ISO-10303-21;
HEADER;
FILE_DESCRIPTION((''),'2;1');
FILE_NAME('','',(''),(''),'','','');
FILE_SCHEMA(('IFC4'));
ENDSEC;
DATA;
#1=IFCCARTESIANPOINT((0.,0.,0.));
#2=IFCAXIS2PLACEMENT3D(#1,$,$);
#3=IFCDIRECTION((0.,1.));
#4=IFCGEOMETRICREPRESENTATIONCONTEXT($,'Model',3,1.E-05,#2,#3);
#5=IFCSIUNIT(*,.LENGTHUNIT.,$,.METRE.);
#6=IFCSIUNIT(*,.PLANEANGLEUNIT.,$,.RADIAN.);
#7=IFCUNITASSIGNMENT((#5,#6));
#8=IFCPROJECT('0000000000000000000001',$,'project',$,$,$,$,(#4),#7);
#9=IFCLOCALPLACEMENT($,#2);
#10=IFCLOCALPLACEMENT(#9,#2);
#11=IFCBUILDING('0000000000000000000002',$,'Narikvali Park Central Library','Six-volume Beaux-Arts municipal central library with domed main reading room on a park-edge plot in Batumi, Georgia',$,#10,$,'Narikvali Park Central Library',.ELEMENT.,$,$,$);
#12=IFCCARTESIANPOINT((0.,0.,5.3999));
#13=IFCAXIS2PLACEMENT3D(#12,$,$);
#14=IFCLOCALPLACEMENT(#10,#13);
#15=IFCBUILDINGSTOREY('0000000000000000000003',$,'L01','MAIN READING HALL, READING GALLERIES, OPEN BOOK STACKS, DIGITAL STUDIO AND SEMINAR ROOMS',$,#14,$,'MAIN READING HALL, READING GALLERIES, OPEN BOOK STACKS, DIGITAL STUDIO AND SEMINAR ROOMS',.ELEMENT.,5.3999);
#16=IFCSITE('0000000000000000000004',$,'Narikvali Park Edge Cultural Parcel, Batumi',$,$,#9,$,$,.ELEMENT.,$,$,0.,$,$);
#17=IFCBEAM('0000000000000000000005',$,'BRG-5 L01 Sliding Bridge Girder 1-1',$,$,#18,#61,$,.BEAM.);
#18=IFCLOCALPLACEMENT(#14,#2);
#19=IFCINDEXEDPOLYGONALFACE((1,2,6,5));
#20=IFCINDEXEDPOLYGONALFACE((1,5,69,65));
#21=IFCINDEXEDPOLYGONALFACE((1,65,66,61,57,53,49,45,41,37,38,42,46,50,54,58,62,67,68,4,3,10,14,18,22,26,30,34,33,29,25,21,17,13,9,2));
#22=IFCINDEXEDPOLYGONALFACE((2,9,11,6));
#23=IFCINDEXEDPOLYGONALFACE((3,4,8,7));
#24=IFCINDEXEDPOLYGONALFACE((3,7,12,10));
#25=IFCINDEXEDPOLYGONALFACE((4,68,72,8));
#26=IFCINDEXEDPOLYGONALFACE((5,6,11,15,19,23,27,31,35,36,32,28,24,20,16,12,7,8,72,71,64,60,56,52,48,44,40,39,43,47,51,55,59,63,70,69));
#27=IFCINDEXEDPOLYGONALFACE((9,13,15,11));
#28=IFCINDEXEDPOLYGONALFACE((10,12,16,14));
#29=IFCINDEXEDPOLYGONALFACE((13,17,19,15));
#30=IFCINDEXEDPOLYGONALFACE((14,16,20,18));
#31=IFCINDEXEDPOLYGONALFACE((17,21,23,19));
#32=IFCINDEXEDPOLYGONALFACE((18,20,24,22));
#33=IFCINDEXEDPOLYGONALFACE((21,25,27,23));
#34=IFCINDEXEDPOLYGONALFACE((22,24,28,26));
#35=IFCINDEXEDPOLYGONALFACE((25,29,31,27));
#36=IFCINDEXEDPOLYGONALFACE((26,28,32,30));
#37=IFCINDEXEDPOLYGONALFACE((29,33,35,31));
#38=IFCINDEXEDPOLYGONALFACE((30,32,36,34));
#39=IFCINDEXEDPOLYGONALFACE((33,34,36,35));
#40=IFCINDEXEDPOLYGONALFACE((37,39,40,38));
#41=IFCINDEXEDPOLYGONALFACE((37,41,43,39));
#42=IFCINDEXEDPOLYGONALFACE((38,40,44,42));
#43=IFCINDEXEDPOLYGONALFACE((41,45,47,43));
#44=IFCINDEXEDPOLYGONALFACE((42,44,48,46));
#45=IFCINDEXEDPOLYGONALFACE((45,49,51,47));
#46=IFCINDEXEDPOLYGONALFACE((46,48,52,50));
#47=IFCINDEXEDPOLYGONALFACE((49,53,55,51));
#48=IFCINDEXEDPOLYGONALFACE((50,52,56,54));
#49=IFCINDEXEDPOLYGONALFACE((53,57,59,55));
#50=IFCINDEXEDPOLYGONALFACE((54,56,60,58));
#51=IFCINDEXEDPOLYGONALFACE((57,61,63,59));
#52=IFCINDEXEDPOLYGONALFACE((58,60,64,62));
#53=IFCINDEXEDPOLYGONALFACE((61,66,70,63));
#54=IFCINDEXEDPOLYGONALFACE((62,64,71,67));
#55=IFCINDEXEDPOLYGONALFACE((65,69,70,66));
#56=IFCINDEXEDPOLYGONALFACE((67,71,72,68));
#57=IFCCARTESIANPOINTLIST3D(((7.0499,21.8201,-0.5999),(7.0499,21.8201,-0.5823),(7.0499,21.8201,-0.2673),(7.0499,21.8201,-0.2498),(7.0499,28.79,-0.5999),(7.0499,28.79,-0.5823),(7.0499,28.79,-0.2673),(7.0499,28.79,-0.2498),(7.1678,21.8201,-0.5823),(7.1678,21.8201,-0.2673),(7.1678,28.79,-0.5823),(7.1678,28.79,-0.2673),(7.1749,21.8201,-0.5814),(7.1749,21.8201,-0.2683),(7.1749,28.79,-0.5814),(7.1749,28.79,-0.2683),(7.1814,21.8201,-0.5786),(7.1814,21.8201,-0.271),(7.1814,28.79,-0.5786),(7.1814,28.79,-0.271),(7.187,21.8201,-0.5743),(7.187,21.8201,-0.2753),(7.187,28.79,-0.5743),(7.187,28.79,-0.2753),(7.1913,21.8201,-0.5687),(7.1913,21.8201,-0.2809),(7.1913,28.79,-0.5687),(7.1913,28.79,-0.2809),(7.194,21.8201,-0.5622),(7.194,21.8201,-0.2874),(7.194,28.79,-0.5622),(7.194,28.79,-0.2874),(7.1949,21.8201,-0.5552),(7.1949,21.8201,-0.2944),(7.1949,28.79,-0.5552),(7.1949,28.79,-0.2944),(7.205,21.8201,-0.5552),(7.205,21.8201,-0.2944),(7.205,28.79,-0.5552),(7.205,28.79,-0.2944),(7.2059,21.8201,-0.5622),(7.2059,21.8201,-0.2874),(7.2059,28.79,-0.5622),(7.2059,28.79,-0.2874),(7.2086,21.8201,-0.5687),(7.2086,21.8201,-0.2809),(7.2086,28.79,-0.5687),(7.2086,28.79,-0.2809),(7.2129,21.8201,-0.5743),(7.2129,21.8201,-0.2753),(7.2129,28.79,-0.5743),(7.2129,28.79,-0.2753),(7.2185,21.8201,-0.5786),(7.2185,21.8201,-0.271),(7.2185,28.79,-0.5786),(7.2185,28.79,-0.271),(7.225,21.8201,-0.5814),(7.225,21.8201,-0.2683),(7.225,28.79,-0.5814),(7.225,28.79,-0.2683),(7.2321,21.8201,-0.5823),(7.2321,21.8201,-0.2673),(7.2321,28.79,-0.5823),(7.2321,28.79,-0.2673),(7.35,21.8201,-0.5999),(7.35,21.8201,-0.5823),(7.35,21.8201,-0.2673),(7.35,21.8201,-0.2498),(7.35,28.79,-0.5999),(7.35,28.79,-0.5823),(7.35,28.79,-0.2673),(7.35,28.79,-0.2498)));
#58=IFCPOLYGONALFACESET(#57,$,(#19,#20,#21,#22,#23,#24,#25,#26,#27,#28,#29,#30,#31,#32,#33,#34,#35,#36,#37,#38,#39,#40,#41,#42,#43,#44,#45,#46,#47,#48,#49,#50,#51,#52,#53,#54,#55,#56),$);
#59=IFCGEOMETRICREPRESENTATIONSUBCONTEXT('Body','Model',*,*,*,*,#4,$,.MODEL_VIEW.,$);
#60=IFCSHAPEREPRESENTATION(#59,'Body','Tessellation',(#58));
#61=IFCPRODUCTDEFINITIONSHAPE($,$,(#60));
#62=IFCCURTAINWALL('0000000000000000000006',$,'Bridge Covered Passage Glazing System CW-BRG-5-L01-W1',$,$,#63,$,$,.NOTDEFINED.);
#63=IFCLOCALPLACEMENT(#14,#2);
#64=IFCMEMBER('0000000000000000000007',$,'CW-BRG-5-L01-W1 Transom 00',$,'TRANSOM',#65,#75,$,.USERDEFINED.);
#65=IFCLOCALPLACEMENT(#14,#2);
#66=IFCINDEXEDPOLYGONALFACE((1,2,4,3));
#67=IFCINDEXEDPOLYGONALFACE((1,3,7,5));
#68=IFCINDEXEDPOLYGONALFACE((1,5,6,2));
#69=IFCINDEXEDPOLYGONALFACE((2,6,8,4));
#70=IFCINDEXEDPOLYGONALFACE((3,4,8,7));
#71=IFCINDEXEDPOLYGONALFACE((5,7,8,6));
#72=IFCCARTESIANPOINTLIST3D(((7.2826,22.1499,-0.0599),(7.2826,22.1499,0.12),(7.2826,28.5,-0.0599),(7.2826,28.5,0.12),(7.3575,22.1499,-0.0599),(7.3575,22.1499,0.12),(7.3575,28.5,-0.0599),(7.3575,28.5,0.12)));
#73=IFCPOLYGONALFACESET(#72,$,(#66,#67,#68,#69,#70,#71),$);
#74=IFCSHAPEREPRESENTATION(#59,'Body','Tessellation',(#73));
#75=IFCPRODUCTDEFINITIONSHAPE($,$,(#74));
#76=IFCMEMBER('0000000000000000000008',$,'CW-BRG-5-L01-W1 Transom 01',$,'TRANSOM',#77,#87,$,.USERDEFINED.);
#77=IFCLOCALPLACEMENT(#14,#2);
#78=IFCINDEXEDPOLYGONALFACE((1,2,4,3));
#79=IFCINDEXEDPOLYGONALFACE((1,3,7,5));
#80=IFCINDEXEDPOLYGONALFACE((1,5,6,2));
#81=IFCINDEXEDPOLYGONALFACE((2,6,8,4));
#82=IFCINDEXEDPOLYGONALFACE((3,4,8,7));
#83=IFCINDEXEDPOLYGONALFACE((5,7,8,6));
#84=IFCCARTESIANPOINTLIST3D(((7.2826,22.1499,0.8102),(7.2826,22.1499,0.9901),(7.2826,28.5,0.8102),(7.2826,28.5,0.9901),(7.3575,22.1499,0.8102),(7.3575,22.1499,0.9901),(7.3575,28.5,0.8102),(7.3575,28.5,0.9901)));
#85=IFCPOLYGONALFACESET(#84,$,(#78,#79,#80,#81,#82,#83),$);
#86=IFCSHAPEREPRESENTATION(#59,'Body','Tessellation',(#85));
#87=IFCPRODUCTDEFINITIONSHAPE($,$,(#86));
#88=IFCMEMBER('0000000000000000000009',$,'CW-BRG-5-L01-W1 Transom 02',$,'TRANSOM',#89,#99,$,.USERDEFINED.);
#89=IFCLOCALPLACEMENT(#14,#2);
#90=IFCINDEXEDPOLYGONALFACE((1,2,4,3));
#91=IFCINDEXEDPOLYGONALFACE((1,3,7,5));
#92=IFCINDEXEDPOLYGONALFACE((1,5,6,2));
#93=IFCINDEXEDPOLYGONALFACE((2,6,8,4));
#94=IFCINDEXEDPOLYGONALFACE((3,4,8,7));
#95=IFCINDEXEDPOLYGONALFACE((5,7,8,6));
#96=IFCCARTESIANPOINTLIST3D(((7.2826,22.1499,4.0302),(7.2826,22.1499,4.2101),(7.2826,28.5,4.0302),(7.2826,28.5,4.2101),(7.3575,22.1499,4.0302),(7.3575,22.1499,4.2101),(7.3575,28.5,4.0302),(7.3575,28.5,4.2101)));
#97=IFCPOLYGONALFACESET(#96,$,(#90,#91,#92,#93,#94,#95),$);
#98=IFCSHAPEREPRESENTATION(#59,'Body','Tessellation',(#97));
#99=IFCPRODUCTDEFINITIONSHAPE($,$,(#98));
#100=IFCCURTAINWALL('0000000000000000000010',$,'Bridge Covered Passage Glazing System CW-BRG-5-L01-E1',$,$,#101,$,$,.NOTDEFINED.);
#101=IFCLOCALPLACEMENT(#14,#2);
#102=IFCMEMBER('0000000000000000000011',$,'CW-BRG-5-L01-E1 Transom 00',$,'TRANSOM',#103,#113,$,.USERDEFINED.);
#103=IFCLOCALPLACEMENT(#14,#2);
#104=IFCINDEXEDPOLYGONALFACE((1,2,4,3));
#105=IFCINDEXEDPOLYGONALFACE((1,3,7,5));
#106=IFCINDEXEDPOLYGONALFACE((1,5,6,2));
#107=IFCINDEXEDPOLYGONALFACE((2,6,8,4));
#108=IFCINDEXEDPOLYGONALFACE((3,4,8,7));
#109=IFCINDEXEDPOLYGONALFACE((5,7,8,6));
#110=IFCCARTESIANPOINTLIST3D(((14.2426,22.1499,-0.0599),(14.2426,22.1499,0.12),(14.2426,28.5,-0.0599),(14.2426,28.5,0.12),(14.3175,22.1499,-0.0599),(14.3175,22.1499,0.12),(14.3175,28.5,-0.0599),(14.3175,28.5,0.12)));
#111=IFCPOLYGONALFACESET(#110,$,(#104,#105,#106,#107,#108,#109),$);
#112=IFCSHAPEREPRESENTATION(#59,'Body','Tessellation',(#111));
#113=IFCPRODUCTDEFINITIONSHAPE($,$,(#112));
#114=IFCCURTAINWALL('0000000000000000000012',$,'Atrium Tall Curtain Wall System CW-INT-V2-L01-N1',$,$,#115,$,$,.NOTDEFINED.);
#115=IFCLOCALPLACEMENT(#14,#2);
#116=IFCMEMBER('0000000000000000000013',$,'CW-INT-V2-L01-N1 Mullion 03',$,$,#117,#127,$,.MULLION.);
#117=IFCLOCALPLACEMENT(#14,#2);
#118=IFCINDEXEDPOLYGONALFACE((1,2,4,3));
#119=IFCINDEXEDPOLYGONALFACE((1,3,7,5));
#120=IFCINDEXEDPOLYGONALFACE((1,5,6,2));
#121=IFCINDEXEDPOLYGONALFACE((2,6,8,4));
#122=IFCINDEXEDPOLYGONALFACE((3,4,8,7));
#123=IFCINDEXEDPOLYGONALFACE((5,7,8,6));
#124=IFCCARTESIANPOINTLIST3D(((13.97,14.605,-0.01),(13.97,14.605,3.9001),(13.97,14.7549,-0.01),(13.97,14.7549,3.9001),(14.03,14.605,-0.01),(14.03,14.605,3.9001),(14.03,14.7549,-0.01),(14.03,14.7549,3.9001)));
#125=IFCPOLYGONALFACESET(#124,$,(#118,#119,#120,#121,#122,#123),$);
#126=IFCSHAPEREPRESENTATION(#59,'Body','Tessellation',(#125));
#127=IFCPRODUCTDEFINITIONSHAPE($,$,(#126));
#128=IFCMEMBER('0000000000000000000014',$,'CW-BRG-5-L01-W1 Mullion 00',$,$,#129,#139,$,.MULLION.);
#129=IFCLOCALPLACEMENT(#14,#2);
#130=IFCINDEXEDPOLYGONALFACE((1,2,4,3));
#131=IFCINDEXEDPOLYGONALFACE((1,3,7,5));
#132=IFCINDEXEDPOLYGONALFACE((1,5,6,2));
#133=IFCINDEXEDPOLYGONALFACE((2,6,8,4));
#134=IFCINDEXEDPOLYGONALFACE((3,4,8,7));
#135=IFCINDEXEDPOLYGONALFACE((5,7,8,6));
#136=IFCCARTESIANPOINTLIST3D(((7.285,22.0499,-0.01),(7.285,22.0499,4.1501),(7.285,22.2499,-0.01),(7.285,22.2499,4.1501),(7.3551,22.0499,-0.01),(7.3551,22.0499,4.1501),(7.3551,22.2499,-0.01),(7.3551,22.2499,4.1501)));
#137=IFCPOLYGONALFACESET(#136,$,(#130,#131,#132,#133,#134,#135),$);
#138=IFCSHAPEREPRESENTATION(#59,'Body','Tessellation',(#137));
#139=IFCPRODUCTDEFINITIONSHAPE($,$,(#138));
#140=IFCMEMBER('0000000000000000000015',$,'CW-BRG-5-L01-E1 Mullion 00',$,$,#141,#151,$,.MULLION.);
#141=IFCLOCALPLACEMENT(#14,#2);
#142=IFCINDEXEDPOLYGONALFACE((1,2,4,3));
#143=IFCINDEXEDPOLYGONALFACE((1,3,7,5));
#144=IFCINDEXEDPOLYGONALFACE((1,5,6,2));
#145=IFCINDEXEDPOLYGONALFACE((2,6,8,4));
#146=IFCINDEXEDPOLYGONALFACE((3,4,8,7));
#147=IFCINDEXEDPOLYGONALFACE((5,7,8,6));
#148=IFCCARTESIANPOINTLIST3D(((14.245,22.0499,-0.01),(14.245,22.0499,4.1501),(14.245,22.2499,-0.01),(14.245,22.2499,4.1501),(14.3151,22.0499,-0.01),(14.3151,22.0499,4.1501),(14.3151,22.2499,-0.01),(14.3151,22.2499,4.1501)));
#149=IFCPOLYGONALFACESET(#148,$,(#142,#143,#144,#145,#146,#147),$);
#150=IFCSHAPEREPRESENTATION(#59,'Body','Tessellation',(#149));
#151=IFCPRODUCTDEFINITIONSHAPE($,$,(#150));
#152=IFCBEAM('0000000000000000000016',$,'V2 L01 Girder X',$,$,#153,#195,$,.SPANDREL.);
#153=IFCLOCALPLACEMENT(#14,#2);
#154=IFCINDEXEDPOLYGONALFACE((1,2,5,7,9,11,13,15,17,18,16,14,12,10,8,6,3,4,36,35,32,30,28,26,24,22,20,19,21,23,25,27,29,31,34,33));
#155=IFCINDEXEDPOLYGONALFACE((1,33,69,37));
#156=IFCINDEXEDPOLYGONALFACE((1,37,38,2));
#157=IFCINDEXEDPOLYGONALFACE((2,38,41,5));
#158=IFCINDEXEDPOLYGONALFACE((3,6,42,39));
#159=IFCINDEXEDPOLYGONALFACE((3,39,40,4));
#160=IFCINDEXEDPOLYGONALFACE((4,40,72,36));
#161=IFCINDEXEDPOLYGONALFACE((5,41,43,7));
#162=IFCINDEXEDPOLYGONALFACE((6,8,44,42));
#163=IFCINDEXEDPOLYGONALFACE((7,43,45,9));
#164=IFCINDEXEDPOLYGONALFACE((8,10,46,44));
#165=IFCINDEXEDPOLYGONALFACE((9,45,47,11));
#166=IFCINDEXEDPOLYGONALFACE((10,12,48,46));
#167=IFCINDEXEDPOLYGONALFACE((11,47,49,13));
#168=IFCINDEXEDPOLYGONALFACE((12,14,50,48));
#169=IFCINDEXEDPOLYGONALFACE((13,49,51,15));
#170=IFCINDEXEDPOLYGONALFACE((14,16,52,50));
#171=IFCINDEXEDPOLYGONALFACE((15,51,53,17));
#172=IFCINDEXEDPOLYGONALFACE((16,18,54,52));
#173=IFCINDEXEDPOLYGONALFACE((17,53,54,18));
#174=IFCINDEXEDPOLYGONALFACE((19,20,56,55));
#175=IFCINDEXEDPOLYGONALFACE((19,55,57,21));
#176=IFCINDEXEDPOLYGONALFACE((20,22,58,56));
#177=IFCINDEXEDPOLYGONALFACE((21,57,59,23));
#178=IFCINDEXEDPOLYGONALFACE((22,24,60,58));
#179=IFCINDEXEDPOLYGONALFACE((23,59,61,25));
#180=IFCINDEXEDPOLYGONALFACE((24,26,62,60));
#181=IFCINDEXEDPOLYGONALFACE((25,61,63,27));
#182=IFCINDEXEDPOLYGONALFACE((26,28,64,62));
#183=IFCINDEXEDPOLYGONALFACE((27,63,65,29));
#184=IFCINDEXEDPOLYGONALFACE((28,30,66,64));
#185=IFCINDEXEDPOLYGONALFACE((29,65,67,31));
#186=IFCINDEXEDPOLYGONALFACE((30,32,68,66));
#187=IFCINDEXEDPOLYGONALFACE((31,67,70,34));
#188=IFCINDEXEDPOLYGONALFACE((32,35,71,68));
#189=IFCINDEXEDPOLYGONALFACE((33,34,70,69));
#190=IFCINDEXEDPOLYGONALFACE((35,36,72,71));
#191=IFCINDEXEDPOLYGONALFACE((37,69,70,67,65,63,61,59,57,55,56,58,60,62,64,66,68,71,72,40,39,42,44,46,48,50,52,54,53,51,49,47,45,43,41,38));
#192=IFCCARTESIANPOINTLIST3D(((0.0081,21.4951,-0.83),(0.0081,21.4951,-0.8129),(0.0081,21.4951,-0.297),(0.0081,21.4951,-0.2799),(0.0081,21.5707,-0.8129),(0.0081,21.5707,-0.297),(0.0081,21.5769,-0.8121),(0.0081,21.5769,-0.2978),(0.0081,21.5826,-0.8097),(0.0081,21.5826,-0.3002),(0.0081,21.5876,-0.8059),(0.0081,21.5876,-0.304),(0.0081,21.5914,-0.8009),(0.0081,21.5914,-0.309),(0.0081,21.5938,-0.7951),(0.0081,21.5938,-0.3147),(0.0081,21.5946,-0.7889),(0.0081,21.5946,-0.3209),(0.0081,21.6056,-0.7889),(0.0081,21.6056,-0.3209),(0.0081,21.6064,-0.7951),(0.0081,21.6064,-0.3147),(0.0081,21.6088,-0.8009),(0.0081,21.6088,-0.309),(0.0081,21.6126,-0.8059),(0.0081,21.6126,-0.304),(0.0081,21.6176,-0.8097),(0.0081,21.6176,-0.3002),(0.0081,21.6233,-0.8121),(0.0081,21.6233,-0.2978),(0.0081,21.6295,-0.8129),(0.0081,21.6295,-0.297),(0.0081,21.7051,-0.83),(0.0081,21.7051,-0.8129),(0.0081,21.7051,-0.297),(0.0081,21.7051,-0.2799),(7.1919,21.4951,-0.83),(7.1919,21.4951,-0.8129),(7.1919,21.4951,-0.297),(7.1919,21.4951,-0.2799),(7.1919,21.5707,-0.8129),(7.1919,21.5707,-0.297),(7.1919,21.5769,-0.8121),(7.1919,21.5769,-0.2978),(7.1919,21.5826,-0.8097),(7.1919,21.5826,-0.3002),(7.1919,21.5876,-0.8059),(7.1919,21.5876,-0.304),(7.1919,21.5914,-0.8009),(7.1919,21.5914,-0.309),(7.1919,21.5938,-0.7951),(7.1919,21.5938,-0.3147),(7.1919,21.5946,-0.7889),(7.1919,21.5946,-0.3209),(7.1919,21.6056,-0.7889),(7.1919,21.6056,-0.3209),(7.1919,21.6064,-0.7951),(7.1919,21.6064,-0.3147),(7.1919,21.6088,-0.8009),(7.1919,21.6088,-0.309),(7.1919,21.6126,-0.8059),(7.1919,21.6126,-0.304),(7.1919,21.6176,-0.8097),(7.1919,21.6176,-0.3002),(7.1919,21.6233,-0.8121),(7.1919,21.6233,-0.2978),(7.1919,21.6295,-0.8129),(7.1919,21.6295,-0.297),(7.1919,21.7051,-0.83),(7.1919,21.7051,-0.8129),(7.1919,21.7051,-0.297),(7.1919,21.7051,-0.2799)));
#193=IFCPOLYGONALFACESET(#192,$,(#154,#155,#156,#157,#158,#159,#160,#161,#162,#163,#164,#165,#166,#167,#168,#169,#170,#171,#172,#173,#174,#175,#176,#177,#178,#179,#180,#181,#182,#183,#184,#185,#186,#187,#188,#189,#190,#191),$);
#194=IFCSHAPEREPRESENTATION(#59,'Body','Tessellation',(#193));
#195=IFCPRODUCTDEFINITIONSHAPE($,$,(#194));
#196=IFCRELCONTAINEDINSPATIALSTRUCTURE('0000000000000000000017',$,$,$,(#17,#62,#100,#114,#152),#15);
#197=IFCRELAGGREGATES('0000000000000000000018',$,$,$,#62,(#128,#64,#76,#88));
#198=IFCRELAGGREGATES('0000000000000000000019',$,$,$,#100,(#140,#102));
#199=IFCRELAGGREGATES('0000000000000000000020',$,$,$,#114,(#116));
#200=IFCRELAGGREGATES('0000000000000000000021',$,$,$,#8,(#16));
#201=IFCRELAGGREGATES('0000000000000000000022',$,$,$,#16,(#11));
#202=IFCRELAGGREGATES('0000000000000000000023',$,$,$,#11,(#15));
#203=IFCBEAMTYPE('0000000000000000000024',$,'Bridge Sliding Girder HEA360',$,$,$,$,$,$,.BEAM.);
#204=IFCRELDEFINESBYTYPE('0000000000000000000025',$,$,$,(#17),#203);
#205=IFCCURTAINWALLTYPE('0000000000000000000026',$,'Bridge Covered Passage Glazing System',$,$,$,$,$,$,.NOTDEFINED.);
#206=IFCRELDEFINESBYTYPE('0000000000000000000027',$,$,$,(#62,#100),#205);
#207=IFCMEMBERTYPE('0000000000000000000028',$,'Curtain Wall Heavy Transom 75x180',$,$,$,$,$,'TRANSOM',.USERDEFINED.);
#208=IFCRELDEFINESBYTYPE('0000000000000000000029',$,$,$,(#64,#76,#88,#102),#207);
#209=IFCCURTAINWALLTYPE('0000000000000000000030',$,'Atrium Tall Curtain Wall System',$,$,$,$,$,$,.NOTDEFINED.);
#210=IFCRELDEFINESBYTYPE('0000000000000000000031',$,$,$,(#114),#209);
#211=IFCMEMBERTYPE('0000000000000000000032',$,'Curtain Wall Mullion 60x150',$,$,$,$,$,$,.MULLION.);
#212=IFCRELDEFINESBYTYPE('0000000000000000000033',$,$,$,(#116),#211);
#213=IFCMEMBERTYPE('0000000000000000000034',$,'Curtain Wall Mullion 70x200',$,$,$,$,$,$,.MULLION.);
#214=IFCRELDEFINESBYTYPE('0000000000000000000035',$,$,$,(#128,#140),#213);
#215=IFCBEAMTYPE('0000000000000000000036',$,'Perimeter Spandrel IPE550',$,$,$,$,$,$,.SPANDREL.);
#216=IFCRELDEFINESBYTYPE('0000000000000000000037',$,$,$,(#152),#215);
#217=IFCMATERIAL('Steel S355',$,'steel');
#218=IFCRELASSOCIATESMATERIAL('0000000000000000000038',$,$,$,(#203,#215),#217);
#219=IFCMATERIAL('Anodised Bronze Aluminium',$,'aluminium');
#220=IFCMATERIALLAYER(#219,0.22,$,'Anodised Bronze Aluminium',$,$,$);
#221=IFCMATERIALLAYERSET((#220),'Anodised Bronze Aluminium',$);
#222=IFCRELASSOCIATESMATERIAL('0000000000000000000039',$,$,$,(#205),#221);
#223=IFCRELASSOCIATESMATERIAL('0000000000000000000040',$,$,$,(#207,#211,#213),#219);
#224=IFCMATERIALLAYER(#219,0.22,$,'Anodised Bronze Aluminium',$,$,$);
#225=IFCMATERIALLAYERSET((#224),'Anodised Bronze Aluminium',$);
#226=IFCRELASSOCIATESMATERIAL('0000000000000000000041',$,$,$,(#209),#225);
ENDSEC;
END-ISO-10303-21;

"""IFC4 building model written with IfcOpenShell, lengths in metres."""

from ifc_helpers import new_model, si_unit, direction, frame, origin, origin_2d, place, context, subcontext, project, spatial, rectangle, i_section, extrude, material, layer, layer_set, material_profile, profile_set, type_object, element, aggregate, save


model = new_model("IFC4")

# Units and contexts
model_context = context("Model", 3, precision=1e-05, world=origin(), true_north=direction((0.0, 1.0)))
body_context = subcontext(model_context, "Body", "Model", "MODEL_VIEW")
ifc_project = project(units=[si_unit("LENGTHUNIT", "METRE"), si_unit("PLANEANGLEUNIT", "RADIAN")], contexts=[model_context])

# Site, building, storey
site_placement = place(None, origin())
site = spatial("IfcSite", under=ifc_project, at=site_placement, Name="Narikvali Park Edge Cultural Parcel, Batumi", CompositionType="ELEMENT", RefElevation=0.0)
building_placement = place(site_placement, origin())
building = spatial("IfcBuilding", under=site, at=building_placement, Name="Narikvali Park Central Library", Description="Six-volume Beaux-Arts municipal central library with domed main reading room on a park-edge plot in Batumi, Georgia", LongName="Narikvali Park Central Library", CompositionType="ELEMENT")
storey_placement = place(building_placement, frame((0.0, 0.0, 5.3999)))
storey = spatial("IfcBuildingStorey", under=building, at=storey_placement, Name="L01", Description="MAIN READING HALL, READING GALLERIES, OPEN BOOK STACKS, DIGITAL STUDIO AND SEMINAR ROOMS", LongName="MAIN READING HALL, READING GALLERIES, OPEN BOOK STACKS, DIGITAL STUDIO AND SEMINAR ROOMS", CompositionType="ELEMENT", Elevation=5.3999)

# Shared definitions
ifc_material_1 = material(Name="Steel S355", Category="steel")

# Beam
ifc_material_profile_1 = material_profile(ifc_material_1, i_section(OverallWidth=0.3, OverallDepth=0.3501, WebThickness=0.01, FlangeThickness=0.0176, FilletRadius=0.0271, at=origin_2d()), Name="HEA 360")
ifc_profile_set_1 = profile_set([ifc_material_profile_1], Name="Steel S355")
beam_type_1 = type_object("IfcBeamType", Name="Bridge Sliding Girder HEA360", PredefinedType="BEAM", material=ifc_profile_set_1)
beam_1_placement = place(storey_placement, frame((7.2, 21.8201, -0.4248), z_axis=(0.0, 1.0, 0.0), x_axis=(-1.0, 0.0, 0.0)))
element("IfcBeam", 1, at=beam_1_placement, inside=storey, type_object=beam_type_1, Name="BRG-5 L01 Sliding Bridge Girder 1-1", PredefinedType="BEAM", context=body_context, shape_type="SweptSolid", body=[
    extrude(i_section(OverallWidth=0.3, OverallDepth=0.3501, WebThickness=0.01, FlangeThickness=0.0176, FilletRadius=0.0271, at=origin_2d()), origin(), (0.0, 0.0, 1.0), 6.97),
])

# Curtain wall, members
ifc_material_2 = material(Name="Anodised Bronze Aluminium", Category="aluminium")
ifc_layer_1 = layer(ifc_material_2, 0.22, Name="Anodised Bronze Aluminium")
ifc_layer_set_1 = layer_set([ifc_layer_1], Name="Anodised Bronze Aluminium")
curtain_wall_type_1 = type_object("IfcCurtainWallType", Name="Bridge Covered Passage Glazing System", PredefinedType="NOTDEFINED", material=ifc_layer_set_1)
curtain_wall_1_placement = place(storey_placement, origin())
curtain_wall_1 = element("IfcCurtainWall", 2, at=curtain_wall_1_placement, inside=storey, type_object=curtain_wall_type_1, Name="Bridge Covered Passage Glazing System CW-BRG-5-L01-W1", PredefinedType="NOTDEFINED")
ifc_material_profile_2 = material_profile(ifc_material_2, rectangle(XDim=0.075, YDim=0.1799, at=origin_2d()), Name="CW TRANSOM 75x180")
ifc_profile_set_2 = profile_set([ifc_material_profile_2], Name="Anodised Bronze Aluminium")
member_type_1 = type_object("IfcMemberType", Name="Curtain Wall Heavy Transom 75x180", ElementType="TRANSOM", PredefinedType="USERDEFINED", material=ifc_profile_set_2)
member_1_placement = place(storey_placement, frame((7.3201, 22.1499, 0.03), z_axis=(0.0, 1.0, 0.0), x_axis=(-1.0, 0.0, 0.0)))
member_1 = element("IfcMember", 3, at=member_1_placement, type_object=member_type_1, Name="CW-BRG-5-L01-W1 Transom 00", ObjectType="TRANSOM", PredefinedType="USERDEFINED", context=body_context, shape_type="SweptSolid", body=[
    extrude(rectangle(XDim=0.075, YDim=0.1799, at=origin_2d()), origin(), (0.0, 0.0, 1.0), 6.3501),
])
member_2_placement = place(storey_placement, frame((7.3201, 22.1499, 0.9001), z_axis=(0.0, 1.0, 0.0), x_axis=(-1.0, 0.0, 0.0)))
member_2 = element("IfcMember", 4, at=member_2_placement, type_object=member_type_1, Name="CW-BRG-5-L01-W1 Transom 01", ObjectType="TRANSOM", PredefinedType="USERDEFINED", context=body_context, shape_type="SweptSolid", body=[
    extrude(rectangle(XDim=0.075, YDim=0.1799, at=origin_2d()), origin(), (0.0, 0.0, 1.0), 6.3501),
])
member_3_placement = place(storey_placement, frame((7.3201, 22.1499, 4.1201), z_axis=(0.0, 1.0, 0.0), x_axis=(-1.0, 0.0, 0.0)))
member_3 = element("IfcMember", 5, at=member_3_placement, type_object=member_type_1, Name="CW-BRG-5-L01-W1 Transom 02", ObjectType="TRANSOM", PredefinedType="USERDEFINED", context=body_context, shape_type="SweptSolid", body=[
    extrude(rectangle(XDim=0.075, YDim=0.1799, at=origin_2d()), origin(), (0.0, 0.0, 1.0), 6.3501),
])

# Curtain walls, members
curtain_wall_2_placement = place(storey_placement, origin())
curtain_wall_2 = element("IfcCurtainWall", 6, at=curtain_wall_2_placement, inside=storey, type_object=curtain_wall_type_1, Name="Bridge Covered Passage Glazing System CW-BRG-5-L01-E1", PredefinedType="NOTDEFINED")
member_4_placement = place(storey_placement, frame((14.28, 22.1499, 0.03), z_axis=(0.0, 1.0, 0.0), x_axis=(-1.0, 0.0, 0.0)))
member_4 = element("IfcMember", 7, at=member_4_placement, type_object=member_type_1, Name="CW-BRG-5-L01-E1 Transom 00", ObjectType="TRANSOM", PredefinedType="USERDEFINED", context=body_context, shape_type="SweptSolid", body=[
    extrude(rectangle(XDim=0.075, YDim=0.1799, at=origin_2d()), origin(), (0.0, 0.0, 1.0), 6.3501),
])
ifc_layer_2 = layer(ifc_material_2, 0.22, Name="Anodised Bronze Aluminium")
ifc_layer_set_2 = layer_set([ifc_layer_2], Name="Anodised Bronze Aluminium")
curtain_wall_type_2 = type_object("IfcCurtainWallType", Name="Atrium Tall Curtain Wall System", PredefinedType="NOTDEFINED", material=ifc_layer_set_2)
curtain_wall_3_placement = place(storey_placement, origin())
curtain_wall_3 = element("IfcCurtainWall", 8, at=curtain_wall_3_placement, inside=storey, type_object=curtain_wall_type_2, Name="Atrium Tall Curtain Wall System CW-INT-V2-L01-N1", PredefinedType="NOTDEFINED")
ifc_material_profile_3 = material_profile(ifc_material_2, rectangle(XDim=0.0601, YDim=0.1499, at=origin_2d()), Name="CW MULLION 60x150")
ifc_profile_set_3 = profile_set([ifc_material_profile_3], Name="Anodised Bronze Aluminium")
member_type_2 = type_object("IfcMemberType", Name="Curtain Wall Mullion 60x150", PredefinedType="MULLION", material=ifc_profile_set_3)
member_5_placement = place(storey_placement, frame((14.0, 14.6799, -0.01), z_axis=(0.0, 0.0, 1.0), x_axis=(1.0, 0.0, 0.0)))
member_5 = element("IfcMember", 9, at=member_5_placement, type_object=member_type_2, Name="CW-INT-V2-L01-N1 Mullion 03", PredefinedType="MULLION", context=body_context, shape_type="SweptSolid", body=[
    extrude(rectangle(XDim=0.0601, YDim=0.1499, at=origin_2d()), origin(), (0.0, 0.0, 1.0), 3.9102),
])

# Members
ifc_material_profile_4 = material_profile(ifc_material_2, rectangle(XDim=0.0701, YDim=0.2, at=origin_2d()), Name="CW MULLION 70x200")
ifc_profile_set_4 = profile_set([ifc_material_profile_4], Name="Anodised Bronze Aluminium")
member_type_3 = type_object("IfcMemberType", Name="Curtain Wall Mullion 70x200", PredefinedType="MULLION", material=ifc_profile_set_4)
member_6_placement = place(storey_placement, frame((7.3201, 22.1499, -0.01), z_axis=(0.0, 0.0, 1.0), x_axis=(1.0, 0.0, 0.0)))
member_6 = element("IfcMember", 10, at=member_6_placement, type_object=member_type_3, Name="CW-BRG-5-L01-W1 Mullion 00", PredefinedType="MULLION", context=body_context, shape_type="SweptSolid", body=[
    extrude(rectangle(XDim=0.0701, YDim=0.2, at=origin_2d()), origin(), (0.0, 0.0, 1.0), 4.1602),
])
aggregate(curtain_wall_1, [member_6, member_1, member_2, member_3])
member_7_placement = place(storey_placement, frame((14.28, 22.1499, -0.01), z_axis=(0.0, 0.0, 1.0), x_axis=(1.0, 0.0, 0.0)))
member_7 = element("IfcMember", 11, at=member_7_placement, type_object=member_type_3, Name="CW-BRG-5-L01-E1 Mullion 00", PredefinedType="MULLION", context=body_context, shape_type="SweptSolid", body=[
    extrude(rectangle(XDim=0.0701, YDim=0.2, at=origin_2d()), origin(), (0.0, 0.0, 1.0), 4.1602),
])
aggregate(curtain_wall_2, [member_7, member_4])

# Beam
ifc_material_profile_5 = material_profile(ifc_material_1, i_section(OverallWidth=0.21, OverallDepth=0.55, WebThickness=0.011, FlangeThickness=0.0171, FilletRadius=0.0239, at=origin_2d()), Name="IPE 550")
ifc_profile_set_5 = profile_set([ifc_material_profile_5], Name="Steel S355")
beam_type_2 = type_object("IfcBeamType", Name="Perimeter Spandrel IPE550", PredefinedType="SPANDREL", material=ifc_profile_set_5)
beam_2_placement = place(storey_placement, frame((0.0081, 21.6001, -0.5549), z_axis=(1.0, 0.0, 0.0), x_axis=(0.0, 1.0, 0.0)))
element("IfcBeam", 12, at=beam_2_placement, inside=storey, type_object=beam_type_2, Name="V2 L01 Girder X", PredefinedType="SPANDREL", context=body_context, shape_type="SweptSolid", body=[
    extrude(i_section(OverallWidth=0.21, OverallDepth=0.55, WebThickness=0.011, FlangeThickness=0.0171, FilletRadius=0.0239, at=origin_2d()), origin(), (0.0, 0.0, 1.0), 7.1838),
])

aggregate(curtain_wall_3, [member_5])

save(model, "model.ifc")
